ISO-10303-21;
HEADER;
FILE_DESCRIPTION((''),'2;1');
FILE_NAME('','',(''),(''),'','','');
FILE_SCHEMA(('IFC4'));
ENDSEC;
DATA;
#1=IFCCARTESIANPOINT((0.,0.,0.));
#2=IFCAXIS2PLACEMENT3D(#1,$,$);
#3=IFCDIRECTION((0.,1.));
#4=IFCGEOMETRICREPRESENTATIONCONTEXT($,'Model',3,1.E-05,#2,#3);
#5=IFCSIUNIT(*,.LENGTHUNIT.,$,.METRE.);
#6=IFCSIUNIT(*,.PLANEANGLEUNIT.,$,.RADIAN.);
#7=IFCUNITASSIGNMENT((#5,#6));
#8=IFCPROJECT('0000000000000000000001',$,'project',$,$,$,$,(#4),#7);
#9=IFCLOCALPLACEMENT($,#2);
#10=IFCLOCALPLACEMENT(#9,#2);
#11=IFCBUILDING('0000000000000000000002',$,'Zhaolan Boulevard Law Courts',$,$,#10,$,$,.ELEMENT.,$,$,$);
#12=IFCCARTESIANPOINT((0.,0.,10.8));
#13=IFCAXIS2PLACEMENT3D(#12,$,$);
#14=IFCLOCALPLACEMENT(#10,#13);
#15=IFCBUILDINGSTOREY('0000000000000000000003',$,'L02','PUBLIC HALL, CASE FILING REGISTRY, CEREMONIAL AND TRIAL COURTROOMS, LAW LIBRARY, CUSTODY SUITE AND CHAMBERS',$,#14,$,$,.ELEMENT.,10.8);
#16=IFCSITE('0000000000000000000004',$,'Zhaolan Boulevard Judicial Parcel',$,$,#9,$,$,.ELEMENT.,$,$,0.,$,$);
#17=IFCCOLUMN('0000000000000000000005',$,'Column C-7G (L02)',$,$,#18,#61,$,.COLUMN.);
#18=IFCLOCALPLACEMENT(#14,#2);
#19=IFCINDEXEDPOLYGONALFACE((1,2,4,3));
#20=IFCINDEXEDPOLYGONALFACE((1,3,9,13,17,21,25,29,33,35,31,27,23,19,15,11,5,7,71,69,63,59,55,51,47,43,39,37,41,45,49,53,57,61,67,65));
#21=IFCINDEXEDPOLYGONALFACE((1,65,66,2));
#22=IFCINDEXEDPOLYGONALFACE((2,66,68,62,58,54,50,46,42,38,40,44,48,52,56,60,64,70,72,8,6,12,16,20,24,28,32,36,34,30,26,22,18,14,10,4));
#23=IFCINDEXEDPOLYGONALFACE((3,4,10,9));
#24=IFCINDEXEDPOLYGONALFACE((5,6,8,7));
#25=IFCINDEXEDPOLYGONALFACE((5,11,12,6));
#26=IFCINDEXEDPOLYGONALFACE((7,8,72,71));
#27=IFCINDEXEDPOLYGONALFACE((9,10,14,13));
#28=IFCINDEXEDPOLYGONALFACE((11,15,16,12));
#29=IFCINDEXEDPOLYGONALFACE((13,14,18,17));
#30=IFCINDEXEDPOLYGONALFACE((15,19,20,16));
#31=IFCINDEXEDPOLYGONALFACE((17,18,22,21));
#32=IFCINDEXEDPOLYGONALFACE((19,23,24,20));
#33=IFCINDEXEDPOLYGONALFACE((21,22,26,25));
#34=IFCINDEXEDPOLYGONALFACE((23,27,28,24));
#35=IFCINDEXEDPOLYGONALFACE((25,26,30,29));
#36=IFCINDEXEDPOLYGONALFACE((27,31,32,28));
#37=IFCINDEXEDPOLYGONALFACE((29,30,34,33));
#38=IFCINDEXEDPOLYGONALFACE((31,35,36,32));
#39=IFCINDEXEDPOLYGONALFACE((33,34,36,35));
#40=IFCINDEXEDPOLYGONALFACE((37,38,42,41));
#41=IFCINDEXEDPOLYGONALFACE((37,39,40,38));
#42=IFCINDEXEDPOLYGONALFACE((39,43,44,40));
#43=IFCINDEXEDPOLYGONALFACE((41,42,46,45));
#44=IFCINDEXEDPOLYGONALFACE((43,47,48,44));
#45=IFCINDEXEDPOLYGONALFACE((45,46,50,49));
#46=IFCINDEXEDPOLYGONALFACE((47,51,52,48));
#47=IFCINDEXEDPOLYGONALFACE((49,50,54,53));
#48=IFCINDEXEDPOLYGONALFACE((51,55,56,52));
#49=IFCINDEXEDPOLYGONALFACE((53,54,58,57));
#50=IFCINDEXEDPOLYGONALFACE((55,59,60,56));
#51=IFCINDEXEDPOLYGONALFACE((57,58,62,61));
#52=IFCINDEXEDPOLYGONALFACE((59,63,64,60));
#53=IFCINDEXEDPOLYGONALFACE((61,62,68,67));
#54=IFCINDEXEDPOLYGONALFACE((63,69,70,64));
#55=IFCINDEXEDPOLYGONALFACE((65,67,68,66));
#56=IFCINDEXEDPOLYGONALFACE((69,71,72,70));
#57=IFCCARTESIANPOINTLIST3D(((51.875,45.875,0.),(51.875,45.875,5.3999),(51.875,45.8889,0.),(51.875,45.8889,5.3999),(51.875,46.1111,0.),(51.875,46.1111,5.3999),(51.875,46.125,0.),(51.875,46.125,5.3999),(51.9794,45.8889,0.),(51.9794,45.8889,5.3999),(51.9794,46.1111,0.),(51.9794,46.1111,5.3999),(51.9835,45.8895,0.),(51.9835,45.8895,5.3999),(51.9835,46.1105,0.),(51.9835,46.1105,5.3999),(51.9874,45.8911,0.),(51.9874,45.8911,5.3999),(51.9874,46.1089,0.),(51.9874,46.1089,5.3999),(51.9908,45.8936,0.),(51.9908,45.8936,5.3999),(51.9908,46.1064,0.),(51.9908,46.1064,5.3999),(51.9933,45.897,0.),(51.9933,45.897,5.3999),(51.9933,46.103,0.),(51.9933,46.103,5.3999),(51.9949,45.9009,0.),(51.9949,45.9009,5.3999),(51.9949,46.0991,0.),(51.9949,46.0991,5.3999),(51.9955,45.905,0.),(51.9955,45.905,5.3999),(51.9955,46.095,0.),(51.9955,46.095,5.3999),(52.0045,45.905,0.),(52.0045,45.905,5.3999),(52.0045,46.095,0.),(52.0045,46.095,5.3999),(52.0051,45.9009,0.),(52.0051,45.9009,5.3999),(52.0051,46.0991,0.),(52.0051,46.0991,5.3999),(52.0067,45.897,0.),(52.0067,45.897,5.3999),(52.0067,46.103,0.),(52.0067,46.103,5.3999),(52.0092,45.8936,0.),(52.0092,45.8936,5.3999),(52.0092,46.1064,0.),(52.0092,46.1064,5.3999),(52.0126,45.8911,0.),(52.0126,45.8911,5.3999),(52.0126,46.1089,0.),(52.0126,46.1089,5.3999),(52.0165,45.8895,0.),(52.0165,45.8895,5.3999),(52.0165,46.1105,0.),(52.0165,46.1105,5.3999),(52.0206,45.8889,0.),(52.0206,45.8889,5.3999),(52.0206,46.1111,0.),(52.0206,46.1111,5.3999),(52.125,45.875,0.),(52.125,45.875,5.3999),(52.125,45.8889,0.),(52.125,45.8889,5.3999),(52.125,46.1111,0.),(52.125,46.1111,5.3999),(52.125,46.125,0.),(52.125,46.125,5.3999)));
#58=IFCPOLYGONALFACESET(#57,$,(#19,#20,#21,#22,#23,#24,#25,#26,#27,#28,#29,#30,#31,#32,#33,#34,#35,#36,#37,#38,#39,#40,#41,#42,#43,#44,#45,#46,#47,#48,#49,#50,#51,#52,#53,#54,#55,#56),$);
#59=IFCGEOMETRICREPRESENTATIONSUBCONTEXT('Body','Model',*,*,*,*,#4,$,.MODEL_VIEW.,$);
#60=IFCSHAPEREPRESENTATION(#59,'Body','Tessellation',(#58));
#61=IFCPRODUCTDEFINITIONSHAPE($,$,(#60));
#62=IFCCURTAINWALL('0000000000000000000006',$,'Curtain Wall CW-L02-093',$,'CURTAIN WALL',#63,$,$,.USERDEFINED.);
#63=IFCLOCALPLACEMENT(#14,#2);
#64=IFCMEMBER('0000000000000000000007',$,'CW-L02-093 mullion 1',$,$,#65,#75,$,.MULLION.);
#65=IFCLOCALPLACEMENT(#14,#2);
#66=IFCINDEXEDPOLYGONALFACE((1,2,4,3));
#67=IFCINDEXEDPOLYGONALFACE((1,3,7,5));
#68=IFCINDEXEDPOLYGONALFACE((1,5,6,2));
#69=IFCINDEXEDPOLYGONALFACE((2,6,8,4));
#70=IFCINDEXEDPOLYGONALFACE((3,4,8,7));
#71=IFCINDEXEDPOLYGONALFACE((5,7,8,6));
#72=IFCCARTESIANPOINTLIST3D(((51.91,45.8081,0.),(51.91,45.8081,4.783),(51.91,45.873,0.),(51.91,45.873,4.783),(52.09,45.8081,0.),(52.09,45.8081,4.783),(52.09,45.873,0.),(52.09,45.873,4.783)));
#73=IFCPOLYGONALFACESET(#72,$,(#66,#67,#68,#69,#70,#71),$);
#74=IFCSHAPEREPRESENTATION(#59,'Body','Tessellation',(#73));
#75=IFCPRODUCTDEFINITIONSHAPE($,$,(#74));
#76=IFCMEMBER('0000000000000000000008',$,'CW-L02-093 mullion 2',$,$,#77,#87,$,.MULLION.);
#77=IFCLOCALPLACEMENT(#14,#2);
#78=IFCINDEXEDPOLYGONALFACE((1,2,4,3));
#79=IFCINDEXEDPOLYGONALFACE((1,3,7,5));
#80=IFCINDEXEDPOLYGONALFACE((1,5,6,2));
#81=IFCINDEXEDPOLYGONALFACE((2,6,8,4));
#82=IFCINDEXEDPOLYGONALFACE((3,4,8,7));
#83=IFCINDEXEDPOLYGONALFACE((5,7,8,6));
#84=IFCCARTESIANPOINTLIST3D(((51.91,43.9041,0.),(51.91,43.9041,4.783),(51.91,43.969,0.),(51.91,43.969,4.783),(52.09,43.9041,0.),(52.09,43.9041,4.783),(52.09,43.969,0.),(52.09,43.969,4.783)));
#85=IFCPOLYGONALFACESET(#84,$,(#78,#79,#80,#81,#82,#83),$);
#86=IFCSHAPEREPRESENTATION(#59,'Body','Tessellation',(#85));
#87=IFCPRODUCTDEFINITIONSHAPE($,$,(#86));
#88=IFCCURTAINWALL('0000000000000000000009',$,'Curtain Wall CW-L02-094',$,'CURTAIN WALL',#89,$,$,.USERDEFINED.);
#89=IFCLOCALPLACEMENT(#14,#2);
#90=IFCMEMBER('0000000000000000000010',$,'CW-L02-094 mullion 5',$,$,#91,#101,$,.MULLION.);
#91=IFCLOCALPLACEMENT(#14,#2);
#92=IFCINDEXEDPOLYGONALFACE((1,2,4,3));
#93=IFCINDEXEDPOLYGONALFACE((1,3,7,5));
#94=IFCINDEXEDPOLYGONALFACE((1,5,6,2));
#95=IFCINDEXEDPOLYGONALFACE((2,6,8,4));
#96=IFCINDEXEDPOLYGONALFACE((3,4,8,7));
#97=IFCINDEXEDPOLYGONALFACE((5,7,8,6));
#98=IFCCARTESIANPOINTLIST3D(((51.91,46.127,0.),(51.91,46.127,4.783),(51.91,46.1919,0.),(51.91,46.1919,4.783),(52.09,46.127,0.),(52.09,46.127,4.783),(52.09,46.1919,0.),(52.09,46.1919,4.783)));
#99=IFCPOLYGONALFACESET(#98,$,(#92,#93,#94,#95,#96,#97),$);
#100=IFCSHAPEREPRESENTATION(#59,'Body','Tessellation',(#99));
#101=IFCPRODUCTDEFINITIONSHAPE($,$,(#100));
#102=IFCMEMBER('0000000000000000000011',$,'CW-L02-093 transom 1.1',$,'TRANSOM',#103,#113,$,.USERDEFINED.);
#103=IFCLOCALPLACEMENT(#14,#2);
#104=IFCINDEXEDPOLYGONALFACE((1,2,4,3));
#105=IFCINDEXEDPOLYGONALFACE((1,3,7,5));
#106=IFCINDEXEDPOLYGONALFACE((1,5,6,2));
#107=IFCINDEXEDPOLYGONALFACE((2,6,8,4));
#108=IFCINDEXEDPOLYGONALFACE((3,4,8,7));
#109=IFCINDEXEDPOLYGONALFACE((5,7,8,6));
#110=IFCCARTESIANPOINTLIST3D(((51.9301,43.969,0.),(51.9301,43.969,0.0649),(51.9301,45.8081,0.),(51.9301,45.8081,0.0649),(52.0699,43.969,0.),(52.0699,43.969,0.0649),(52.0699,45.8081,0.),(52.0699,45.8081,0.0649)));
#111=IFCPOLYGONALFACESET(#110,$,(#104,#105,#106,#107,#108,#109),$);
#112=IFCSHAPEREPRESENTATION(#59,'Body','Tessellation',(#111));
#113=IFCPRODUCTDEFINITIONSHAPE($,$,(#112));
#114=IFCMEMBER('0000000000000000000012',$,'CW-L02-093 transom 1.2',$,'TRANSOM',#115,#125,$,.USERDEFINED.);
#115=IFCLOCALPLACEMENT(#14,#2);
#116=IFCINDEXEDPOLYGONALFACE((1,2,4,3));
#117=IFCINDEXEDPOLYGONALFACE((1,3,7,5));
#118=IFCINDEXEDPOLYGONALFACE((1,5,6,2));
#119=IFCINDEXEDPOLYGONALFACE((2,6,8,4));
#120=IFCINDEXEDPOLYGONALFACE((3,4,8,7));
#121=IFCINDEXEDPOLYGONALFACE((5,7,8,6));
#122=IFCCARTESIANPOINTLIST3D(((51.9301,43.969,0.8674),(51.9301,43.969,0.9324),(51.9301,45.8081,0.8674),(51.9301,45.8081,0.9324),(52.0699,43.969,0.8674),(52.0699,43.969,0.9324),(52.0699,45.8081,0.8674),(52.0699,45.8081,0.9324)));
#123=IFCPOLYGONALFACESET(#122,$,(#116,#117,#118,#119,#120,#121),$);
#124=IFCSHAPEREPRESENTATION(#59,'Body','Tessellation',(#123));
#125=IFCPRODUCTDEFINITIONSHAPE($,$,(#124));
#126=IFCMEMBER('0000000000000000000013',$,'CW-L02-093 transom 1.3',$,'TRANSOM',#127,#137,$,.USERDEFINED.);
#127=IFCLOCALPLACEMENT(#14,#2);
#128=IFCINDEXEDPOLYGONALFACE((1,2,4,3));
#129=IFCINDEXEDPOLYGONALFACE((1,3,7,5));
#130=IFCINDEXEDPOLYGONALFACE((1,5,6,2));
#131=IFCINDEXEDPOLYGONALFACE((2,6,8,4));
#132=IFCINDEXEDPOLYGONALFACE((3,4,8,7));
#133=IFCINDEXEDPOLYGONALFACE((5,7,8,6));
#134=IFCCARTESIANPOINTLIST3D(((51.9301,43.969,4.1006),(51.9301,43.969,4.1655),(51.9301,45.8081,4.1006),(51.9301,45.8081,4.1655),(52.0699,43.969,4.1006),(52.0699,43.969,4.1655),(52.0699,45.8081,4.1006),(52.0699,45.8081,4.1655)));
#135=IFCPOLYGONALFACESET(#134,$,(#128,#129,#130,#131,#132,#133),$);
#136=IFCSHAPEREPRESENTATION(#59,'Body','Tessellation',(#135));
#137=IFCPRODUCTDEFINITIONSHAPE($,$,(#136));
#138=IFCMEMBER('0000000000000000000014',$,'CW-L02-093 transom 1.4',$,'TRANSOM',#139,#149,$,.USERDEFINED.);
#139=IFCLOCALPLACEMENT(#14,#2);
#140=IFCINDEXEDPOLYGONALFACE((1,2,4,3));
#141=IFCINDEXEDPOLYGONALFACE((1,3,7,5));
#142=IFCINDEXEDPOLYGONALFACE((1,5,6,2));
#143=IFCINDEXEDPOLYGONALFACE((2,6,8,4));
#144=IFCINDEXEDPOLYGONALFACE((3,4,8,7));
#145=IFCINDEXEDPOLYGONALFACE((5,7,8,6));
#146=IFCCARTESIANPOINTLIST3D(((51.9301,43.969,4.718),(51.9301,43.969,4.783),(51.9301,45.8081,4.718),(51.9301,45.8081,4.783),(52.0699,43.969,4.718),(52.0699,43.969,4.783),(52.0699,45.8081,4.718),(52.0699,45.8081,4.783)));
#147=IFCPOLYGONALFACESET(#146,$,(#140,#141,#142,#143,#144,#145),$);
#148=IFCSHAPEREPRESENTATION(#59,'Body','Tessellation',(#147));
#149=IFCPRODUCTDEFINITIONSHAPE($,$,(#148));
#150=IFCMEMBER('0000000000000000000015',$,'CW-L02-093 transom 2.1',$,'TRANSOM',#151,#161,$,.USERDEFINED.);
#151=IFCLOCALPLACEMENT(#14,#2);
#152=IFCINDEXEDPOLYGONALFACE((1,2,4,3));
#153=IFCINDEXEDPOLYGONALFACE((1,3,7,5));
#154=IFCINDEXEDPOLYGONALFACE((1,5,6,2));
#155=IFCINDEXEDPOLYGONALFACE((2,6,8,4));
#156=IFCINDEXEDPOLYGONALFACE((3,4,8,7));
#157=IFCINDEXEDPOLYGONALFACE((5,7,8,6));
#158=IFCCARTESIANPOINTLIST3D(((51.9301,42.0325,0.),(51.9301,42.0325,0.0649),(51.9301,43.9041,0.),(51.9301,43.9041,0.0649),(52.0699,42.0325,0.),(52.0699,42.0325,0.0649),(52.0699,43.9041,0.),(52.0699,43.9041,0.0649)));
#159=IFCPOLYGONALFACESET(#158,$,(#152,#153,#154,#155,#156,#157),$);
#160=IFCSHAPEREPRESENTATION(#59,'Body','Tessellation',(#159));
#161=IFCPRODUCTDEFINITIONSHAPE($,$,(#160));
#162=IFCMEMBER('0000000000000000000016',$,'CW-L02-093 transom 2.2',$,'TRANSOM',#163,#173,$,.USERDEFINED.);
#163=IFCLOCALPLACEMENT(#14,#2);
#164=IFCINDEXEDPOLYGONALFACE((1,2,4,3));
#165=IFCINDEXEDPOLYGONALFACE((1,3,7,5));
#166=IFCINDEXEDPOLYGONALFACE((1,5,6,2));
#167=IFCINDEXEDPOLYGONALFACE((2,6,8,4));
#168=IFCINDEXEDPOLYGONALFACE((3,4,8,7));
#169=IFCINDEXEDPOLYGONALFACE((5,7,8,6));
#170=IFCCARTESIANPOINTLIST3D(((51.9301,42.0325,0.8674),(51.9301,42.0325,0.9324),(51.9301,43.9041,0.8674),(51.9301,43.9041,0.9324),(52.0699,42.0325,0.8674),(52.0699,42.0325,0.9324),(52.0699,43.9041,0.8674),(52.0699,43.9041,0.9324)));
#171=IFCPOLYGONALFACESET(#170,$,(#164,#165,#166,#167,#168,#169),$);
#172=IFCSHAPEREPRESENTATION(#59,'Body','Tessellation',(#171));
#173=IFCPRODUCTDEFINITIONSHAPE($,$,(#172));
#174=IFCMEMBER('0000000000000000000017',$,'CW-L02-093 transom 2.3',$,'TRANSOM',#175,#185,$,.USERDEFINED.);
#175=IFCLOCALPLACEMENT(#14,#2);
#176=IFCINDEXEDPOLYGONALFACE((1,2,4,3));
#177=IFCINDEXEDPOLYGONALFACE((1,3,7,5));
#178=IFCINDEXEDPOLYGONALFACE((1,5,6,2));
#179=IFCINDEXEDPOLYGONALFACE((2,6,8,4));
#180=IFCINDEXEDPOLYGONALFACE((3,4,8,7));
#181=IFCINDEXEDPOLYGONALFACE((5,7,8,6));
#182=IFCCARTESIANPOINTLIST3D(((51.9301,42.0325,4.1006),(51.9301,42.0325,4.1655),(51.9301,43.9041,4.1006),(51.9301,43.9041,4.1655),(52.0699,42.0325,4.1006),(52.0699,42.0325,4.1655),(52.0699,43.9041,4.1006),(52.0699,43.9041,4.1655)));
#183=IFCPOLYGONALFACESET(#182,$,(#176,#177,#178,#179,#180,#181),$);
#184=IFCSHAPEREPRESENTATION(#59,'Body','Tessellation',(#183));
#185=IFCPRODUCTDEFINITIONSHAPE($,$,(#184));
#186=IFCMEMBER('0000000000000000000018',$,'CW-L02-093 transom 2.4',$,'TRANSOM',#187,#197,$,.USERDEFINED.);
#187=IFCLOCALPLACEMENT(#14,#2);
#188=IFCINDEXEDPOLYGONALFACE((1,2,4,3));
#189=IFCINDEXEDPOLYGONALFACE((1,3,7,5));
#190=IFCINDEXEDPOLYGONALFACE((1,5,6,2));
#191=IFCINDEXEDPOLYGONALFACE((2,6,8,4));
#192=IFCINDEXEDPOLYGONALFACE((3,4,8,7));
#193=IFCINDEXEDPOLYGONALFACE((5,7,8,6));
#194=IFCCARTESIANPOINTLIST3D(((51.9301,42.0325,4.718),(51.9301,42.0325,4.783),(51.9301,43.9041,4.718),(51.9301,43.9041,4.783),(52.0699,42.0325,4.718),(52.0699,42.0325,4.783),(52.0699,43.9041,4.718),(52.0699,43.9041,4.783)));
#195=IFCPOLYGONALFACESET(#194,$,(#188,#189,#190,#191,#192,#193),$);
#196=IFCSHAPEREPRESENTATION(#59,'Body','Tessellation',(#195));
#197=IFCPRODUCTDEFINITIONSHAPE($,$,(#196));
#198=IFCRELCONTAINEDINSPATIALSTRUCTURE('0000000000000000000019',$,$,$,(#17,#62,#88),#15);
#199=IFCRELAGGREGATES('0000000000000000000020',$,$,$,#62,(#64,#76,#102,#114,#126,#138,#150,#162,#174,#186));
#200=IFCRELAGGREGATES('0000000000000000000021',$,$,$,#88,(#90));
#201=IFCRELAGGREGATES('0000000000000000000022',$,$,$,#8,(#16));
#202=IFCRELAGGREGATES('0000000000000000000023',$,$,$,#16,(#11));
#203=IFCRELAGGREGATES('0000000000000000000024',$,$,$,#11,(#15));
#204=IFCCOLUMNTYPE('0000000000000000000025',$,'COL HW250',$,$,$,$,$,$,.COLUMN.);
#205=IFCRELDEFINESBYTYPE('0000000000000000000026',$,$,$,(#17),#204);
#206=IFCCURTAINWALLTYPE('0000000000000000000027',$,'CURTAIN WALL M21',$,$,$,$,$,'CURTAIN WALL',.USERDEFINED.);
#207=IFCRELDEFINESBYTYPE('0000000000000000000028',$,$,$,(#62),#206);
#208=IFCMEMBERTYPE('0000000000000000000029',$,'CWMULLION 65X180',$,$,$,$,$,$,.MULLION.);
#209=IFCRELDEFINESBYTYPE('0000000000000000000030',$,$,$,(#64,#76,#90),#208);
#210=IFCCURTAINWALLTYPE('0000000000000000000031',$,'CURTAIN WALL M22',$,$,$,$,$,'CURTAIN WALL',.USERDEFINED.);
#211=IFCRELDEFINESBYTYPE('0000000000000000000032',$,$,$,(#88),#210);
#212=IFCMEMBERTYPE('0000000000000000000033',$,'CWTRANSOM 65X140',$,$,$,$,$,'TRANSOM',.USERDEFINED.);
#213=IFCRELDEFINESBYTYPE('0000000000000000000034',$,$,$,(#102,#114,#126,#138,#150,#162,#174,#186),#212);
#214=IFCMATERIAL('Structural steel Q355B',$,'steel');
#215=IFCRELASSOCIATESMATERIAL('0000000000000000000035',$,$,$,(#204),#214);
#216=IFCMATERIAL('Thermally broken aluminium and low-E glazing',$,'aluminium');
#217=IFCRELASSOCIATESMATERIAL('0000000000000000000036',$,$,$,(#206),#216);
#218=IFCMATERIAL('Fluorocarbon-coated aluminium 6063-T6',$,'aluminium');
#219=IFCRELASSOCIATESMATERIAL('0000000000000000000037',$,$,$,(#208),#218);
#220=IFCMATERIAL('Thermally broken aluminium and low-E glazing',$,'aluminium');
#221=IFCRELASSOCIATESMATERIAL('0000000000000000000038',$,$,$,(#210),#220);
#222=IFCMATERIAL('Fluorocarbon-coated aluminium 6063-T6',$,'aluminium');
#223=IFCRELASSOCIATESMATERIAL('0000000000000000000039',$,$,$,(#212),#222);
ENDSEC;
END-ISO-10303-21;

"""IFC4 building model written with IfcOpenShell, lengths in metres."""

from ifc_helpers import new_model, si_unit, direction, frame, origin, origin_2d, place, context, subcontext, project, spatial, rectangle, i_section, extrude, material, material_profile, profile_set, type_object, element, aggregate, save


model = new_model("IFC4")

# Units and contexts
model_context = context("Model", 3, precision=1e-05, world=origin(), true_north=direction((0.0, 1.0)))
body_context = subcontext(model_context, "Body", "Model", "MODEL_VIEW")
ifc_project = project(units=[si_unit("LENGTHUNIT", "METRE"), si_unit("PLANEANGLEUNIT", "RADIAN")], contexts=[model_context])

# Site, building, storey
site_placement = place(None, origin())
site = spatial("IfcSite", under=ifc_project, at=site_placement, Name="Zhaolan Boulevard Judicial Parcel", CompositionType="ELEMENT", RefElevation=0.0)
building_placement = place(site_placement, origin())
building = spatial("IfcBuilding", under=site, at=building_placement, Name="Zhaolan Boulevard Law Courts", CompositionType="ELEMENT")
storey_placement = place(building_placement, frame((0.0, 0.0, 10.8)))
storey = spatial("IfcBuildingStorey", under=building, at=storey_placement, Name="L02", Description="PUBLIC HALL, CASE FILING REGISTRY, CEREMONIAL AND TRIAL COURTROOMS, LAW LIBRARY, CUSTODY SUITE AND CHAMBERS", CompositionType="ELEMENT", Elevation=10.8)

# Column
ifc_material_1 = material(Name="Structural steel Q355B", Category="steel")
ifc_material_profile_1 = material_profile(ifc_material_1, i_section(OverallWidth=0.25, OverallDepth=0.25, WebThickness=0.009, FlangeThickness=0.0139, FilletRadius=0.0161, at=origin_2d()), Name="HW250x250")
ifc_profile_set_1 = profile_set([ifc_material_profile_1], Name="Structural steel Q355B")
column_type = type_object("IfcColumnType", Name="COL HW250", PredefinedType="COLUMN", material=ifc_profile_set_1)
column_placement = place(storey_placement, frame((52.0, 46.0, 0.0), z_axis=(0.0, 0.0, 1.0), x_axis=(1.0, 0.0, 0.0)))
element("IfcColumn", 1, at=column_placement, inside=storey, type_object=column_type, Name="Column C-7G (L02)", PredefinedType="COLUMN", context=body_context, shape_type="SweptSolid", body=[
    extrude(i_section(OverallWidth=0.25, OverallDepth=0.25, WebThickness=0.009, FlangeThickness=0.0139, FilletRadius=0.0161, at=origin_2d()), origin(), (0.0, 0.0, 1.0), 5.3999),
])

# Curtain wall, members
ifc_material_2 = material(Name="Thermally broken aluminium and low-E glazing", Category="aluminium")
curtain_wall_type_1 = type_object("IfcCurtainWallType", Name="CURTAIN WALL M21", ElementType="CURTAIN WALL", PredefinedType="USERDEFINED", material=ifc_material_2)
curtain_wall_1_placement = place(storey_placement, origin())
curtain_wall_1 = element("IfcCurtainWall", 2, at=curtain_wall_1_placement, inside=storey, type_object=curtain_wall_type_1, Name="Curtain Wall CW-L02-093", ObjectType="CURTAIN WALL", PredefinedType="USERDEFINED")
ifc_material_3 = material(Name="Fluorocarbon-coated aluminium 6063-T6", Category="aluminium")
ifc_material_profile_2 = material_profile(ifc_material_3, rectangle(XDim=0.1799, YDim=0.0649, at=origin_2d()), Name="AL65x180")
ifc_profile_set_2 = profile_set([ifc_material_profile_2], Name="Fluorocarbon-coated aluminium 6063-T6")
member_type_1 = type_object("IfcMemberType", Name="CWMULLION 65X180", PredefinedType="MULLION", material=ifc_profile_set_2)
member_1_placement = place(storey_placement, frame((52.0, 45.8406, 0.0), z_axis=(0.0, 0.0, 1.0), x_axis=(1.0, 0.0, 0.0)))
member_1 = element("IfcMember", 3, at=member_1_placement, type_object=member_type_1, Name="CW-L02-093 mullion 1", PredefinedType="MULLION", context=body_context, shape_type="SweptSolid", body=[
    extrude(rectangle(XDim=0.1799, YDim=0.0649, at=origin_2d()), origin(), (0.0, 0.0, 1.0), 4.783),
])
member_2_placement = place(storey_placement, frame((52.0, 43.9365, 0.0), z_axis=(0.0, 0.0, 1.0), x_axis=(1.0, 0.0, 0.0)))
member_2 = element("IfcMember", 4, at=member_2_placement, type_object=member_type_1, Name="CW-L02-093 mullion 2", PredefinedType="MULLION", context=body_context, shape_type="SweptSolid", body=[
    extrude(rectangle(XDim=0.1799, YDim=0.0649, at=origin_2d()), origin(), (0.0, 0.0, 1.0), 4.783),
])

# Curtain wall, member
ifc_material_4 = material(Name="Thermally broken aluminium and low-E glazing", Category="aluminium")
curtain_wall_type_2 = type_object("IfcCurtainWallType", Name="CURTAIN WALL M22", ElementType="CURTAIN WALL", PredefinedType="USERDEFINED", material=ifc_material_4)
curtain_wall_2_placement = place(storey_placement, origin())
curtain_wall_2 = element("IfcCurtainWall", 5, at=curtain_wall_2_placement, inside=storey, type_object=curtain_wall_type_2, Name="Curtain Wall CW-L02-094", ObjectType="CURTAIN WALL", PredefinedType="USERDEFINED")
member_3_placement = place(storey_placement, frame((52.0, 46.1594, 0.0), z_axis=(0.0, 0.0, 1.0), x_axis=(1.0, 0.0, 0.0)))
member_3 = element("IfcMember", 6, at=member_3_placement, type_object=member_type_1, Name="CW-L02-094 mullion 5", PredefinedType="MULLION", context=body_context, shape_type="SweptSolid", body=[
    extrude(rectangle(XDim=0.1799, YDim=0.0649, at=origin_2d()), origin(), (0.0, 0.0, 1.0), 4.783),
])

# Members
ifc_material_5 = material(Name="Fluorocarbon-coated aluminium 6063-T6", Category="aluminium")
ifc_material_profile_3 = material_profile(ifc_material_5, rectangle(XDim=0.1399, YDim=0.0649, at=origin_2d()), Name="AL65x140")
ifc_profile_set_3 = profile_set([ifc_material_profile_3], Name="Fluorocarbon-coated aluminium 6063-T6")
member_type_2 = type_object("IfcMemberType", Name="CWTRANSOM 65X140", ElementType="TRANSOM", PredefinedType="USERDEFINED", material=ifc_profile_set_3)
member_4_placement = place(storey_placement, frame((52.0, 45.8081, 0.0325), z_axis=(0.0, -1.0, 0.0), x_axis=(1.0, 0.0, 0.0)))
member_4 = element("IfcMember", 7, at=member_4_placement, type_object=member_type_2, Name="CW-L02-093 transom 1.1", ObjectType="TRANSOM", PredefinedType="USERDEFINED", context=body_context, shape_type="SweptSolid", body=[
    extrude(rectangle(XDim=0.1399, YDim=0.0649, at=origin_2d()), origin(), (0.0, 0.0, 1.0), 1.8391),
])
member_5_placement = place(storey_placement, frame((52.0, 45.8081, 0.8999), z_axis=(0.0, -1.0, 0.0), x_axis=(1.0, 0.0, 0.0)))
member_5 = element("IfcMember", 8, at=member_5_placement, type_object=member_type_2, Name="CW-L02-093 transom 1.2", ObjectType="TRANSOM", PredefinedType="USERDEFINED", context=body_context, shape_type="SweptSolid", body=[
    extrude(rectangle(XDim=0.1399, YDim=0.0649, at=origin_2d()), origin(), (0.0, 0.0, 1.0), 1.8391),
])
member_6_placement = place(storey_placement, frame((52.0, 45.8081, 4.1331), z_axis=(0.0, -1.0, 0.0), x_axis=(1.0, 0.0, 0.0)))
member_6 = element("IfcMember", 9, at=member_6_placement, type_object=member_type_2, Name="CW-L02-093 transom 1.3", ObjectType="TRANSOM", PredefinedType="USERDEFINED", context=body_context, shape_type="SweptSolid", body=[
    extrude(rectangle(XDim=0.1399, YDim=0.0649, at=origin_2d()), origin(), (0.0, 0.0, 1.0), 1.8391),
])
member_7_placement = place(storey_placement, frame((52.0, 45.8081, 4.7505), z_axis=(0.0, -1.0, 0.0), x_axis=(1.0, 0.0, 0.0)))
member_7 = element("IfcMember", 10, at=member_7_placement, type_object=member_type_2, Name="CW-L02-093 transom 1.4", ObjectType="TRANSOM", PredefinedType="USERDEFINED", context=body_context, shape_type="SweptSolid", body=[
    extrude(rectangle(XDim=0.1399, YDim=0.0649, at=origin_2d()), origin(), (0.0, 0.0, 1.0), 1.8391),
])
member_8_placement = place(storey_placement, frame((52.0, 43.9041, 0.0325), z_axis=(0.0, -1.0, 0.0), x_axis=(1.0, 0.0, 0.0)))
member_8 = element("IfcMember", 11, at=member_8_placement, type_object=member_type_2, Name="CW-L02-093 transom 2.1", ObjectType="TRANSOM", PredefinedType="USERDEFINED", context=body_context, shape_type="SweptSolid", body=[
    extrude(rectangle(XDim=0.1399, YDim=0.0649, at=origin_2d()), origin(), (0.0, 0.0, 1.0), 1.8716),
])
member_9_placement = place(storey_placement, frame((52.0, 43.9041, 0.8999), z_axis=(0.0, -1.0, 0.0), x_axis=(1.0, 0.0, 0.0)))
member_9 = element("IfcMember", 12, at=member_9_placement, type_object=member_type_2, Name="CW-L02-093 transom 2.2", ObjectType="TRANSOM", PredefinedType="USERDEFINED", context=body_context, shape_type="SweptSolid", body=[
    extrude(rectangle(XDim=0.1399, YDim=0.0649, at=origin_2d()), origin(), (0.0, 0.0, 1.0), 1.8716),
])
member_10_placement = place(storey_placement, frame((52.0, 43.9041, 4.1331), z_axis=(0.0, -1.0, 0.0), x_axis=(1.0, 0.0, 0.0)))
member_10 = element("IfcMember", 13, at=member_10_placement, type_object=member_type_2, Name="CW-L02-093 transom 2.3", ObjectType="TRANSOM", PredefinedType="USERDEFINED", context=body_context, shape_type="SweptSolid", body=[
    extrude(rectangle(XDim=0.1399, YDim=0.0649, at=origin_2d()), origin(), (0.0, 0.0, 1.0), 1.8716),
])
member_11_placement = place(storey_placement, frame((52.0, 43.9041, 4.7505), z_axis=(0.0, -1.0, 0.0), x_axis=(1.0, 0.0, 0.0)))
member_11 = element("IfcMember", 14, at=member_11_placement, type_object=member_type_2, Name="CW-L02-093 transom 2.4", ObjectType="TRANSOM", PredefinedType="USERDEFINED", context=body_context, shape_type="SweptSolid", body=[
    extrude(rectangle(XDim=0.1399, YDim=0.0649, at=origin_2d()), origin(), (0.0, 0.0, 1.0), 1.8716),
])

aggregate(curtain_wall_1, [member_1, member_2, member_4, member_5, member_6, member_7, member_8, member_9, member_10, member_11])
aggregate(curtain_wall_2, [member_3])

save(model, "model.ifc")
